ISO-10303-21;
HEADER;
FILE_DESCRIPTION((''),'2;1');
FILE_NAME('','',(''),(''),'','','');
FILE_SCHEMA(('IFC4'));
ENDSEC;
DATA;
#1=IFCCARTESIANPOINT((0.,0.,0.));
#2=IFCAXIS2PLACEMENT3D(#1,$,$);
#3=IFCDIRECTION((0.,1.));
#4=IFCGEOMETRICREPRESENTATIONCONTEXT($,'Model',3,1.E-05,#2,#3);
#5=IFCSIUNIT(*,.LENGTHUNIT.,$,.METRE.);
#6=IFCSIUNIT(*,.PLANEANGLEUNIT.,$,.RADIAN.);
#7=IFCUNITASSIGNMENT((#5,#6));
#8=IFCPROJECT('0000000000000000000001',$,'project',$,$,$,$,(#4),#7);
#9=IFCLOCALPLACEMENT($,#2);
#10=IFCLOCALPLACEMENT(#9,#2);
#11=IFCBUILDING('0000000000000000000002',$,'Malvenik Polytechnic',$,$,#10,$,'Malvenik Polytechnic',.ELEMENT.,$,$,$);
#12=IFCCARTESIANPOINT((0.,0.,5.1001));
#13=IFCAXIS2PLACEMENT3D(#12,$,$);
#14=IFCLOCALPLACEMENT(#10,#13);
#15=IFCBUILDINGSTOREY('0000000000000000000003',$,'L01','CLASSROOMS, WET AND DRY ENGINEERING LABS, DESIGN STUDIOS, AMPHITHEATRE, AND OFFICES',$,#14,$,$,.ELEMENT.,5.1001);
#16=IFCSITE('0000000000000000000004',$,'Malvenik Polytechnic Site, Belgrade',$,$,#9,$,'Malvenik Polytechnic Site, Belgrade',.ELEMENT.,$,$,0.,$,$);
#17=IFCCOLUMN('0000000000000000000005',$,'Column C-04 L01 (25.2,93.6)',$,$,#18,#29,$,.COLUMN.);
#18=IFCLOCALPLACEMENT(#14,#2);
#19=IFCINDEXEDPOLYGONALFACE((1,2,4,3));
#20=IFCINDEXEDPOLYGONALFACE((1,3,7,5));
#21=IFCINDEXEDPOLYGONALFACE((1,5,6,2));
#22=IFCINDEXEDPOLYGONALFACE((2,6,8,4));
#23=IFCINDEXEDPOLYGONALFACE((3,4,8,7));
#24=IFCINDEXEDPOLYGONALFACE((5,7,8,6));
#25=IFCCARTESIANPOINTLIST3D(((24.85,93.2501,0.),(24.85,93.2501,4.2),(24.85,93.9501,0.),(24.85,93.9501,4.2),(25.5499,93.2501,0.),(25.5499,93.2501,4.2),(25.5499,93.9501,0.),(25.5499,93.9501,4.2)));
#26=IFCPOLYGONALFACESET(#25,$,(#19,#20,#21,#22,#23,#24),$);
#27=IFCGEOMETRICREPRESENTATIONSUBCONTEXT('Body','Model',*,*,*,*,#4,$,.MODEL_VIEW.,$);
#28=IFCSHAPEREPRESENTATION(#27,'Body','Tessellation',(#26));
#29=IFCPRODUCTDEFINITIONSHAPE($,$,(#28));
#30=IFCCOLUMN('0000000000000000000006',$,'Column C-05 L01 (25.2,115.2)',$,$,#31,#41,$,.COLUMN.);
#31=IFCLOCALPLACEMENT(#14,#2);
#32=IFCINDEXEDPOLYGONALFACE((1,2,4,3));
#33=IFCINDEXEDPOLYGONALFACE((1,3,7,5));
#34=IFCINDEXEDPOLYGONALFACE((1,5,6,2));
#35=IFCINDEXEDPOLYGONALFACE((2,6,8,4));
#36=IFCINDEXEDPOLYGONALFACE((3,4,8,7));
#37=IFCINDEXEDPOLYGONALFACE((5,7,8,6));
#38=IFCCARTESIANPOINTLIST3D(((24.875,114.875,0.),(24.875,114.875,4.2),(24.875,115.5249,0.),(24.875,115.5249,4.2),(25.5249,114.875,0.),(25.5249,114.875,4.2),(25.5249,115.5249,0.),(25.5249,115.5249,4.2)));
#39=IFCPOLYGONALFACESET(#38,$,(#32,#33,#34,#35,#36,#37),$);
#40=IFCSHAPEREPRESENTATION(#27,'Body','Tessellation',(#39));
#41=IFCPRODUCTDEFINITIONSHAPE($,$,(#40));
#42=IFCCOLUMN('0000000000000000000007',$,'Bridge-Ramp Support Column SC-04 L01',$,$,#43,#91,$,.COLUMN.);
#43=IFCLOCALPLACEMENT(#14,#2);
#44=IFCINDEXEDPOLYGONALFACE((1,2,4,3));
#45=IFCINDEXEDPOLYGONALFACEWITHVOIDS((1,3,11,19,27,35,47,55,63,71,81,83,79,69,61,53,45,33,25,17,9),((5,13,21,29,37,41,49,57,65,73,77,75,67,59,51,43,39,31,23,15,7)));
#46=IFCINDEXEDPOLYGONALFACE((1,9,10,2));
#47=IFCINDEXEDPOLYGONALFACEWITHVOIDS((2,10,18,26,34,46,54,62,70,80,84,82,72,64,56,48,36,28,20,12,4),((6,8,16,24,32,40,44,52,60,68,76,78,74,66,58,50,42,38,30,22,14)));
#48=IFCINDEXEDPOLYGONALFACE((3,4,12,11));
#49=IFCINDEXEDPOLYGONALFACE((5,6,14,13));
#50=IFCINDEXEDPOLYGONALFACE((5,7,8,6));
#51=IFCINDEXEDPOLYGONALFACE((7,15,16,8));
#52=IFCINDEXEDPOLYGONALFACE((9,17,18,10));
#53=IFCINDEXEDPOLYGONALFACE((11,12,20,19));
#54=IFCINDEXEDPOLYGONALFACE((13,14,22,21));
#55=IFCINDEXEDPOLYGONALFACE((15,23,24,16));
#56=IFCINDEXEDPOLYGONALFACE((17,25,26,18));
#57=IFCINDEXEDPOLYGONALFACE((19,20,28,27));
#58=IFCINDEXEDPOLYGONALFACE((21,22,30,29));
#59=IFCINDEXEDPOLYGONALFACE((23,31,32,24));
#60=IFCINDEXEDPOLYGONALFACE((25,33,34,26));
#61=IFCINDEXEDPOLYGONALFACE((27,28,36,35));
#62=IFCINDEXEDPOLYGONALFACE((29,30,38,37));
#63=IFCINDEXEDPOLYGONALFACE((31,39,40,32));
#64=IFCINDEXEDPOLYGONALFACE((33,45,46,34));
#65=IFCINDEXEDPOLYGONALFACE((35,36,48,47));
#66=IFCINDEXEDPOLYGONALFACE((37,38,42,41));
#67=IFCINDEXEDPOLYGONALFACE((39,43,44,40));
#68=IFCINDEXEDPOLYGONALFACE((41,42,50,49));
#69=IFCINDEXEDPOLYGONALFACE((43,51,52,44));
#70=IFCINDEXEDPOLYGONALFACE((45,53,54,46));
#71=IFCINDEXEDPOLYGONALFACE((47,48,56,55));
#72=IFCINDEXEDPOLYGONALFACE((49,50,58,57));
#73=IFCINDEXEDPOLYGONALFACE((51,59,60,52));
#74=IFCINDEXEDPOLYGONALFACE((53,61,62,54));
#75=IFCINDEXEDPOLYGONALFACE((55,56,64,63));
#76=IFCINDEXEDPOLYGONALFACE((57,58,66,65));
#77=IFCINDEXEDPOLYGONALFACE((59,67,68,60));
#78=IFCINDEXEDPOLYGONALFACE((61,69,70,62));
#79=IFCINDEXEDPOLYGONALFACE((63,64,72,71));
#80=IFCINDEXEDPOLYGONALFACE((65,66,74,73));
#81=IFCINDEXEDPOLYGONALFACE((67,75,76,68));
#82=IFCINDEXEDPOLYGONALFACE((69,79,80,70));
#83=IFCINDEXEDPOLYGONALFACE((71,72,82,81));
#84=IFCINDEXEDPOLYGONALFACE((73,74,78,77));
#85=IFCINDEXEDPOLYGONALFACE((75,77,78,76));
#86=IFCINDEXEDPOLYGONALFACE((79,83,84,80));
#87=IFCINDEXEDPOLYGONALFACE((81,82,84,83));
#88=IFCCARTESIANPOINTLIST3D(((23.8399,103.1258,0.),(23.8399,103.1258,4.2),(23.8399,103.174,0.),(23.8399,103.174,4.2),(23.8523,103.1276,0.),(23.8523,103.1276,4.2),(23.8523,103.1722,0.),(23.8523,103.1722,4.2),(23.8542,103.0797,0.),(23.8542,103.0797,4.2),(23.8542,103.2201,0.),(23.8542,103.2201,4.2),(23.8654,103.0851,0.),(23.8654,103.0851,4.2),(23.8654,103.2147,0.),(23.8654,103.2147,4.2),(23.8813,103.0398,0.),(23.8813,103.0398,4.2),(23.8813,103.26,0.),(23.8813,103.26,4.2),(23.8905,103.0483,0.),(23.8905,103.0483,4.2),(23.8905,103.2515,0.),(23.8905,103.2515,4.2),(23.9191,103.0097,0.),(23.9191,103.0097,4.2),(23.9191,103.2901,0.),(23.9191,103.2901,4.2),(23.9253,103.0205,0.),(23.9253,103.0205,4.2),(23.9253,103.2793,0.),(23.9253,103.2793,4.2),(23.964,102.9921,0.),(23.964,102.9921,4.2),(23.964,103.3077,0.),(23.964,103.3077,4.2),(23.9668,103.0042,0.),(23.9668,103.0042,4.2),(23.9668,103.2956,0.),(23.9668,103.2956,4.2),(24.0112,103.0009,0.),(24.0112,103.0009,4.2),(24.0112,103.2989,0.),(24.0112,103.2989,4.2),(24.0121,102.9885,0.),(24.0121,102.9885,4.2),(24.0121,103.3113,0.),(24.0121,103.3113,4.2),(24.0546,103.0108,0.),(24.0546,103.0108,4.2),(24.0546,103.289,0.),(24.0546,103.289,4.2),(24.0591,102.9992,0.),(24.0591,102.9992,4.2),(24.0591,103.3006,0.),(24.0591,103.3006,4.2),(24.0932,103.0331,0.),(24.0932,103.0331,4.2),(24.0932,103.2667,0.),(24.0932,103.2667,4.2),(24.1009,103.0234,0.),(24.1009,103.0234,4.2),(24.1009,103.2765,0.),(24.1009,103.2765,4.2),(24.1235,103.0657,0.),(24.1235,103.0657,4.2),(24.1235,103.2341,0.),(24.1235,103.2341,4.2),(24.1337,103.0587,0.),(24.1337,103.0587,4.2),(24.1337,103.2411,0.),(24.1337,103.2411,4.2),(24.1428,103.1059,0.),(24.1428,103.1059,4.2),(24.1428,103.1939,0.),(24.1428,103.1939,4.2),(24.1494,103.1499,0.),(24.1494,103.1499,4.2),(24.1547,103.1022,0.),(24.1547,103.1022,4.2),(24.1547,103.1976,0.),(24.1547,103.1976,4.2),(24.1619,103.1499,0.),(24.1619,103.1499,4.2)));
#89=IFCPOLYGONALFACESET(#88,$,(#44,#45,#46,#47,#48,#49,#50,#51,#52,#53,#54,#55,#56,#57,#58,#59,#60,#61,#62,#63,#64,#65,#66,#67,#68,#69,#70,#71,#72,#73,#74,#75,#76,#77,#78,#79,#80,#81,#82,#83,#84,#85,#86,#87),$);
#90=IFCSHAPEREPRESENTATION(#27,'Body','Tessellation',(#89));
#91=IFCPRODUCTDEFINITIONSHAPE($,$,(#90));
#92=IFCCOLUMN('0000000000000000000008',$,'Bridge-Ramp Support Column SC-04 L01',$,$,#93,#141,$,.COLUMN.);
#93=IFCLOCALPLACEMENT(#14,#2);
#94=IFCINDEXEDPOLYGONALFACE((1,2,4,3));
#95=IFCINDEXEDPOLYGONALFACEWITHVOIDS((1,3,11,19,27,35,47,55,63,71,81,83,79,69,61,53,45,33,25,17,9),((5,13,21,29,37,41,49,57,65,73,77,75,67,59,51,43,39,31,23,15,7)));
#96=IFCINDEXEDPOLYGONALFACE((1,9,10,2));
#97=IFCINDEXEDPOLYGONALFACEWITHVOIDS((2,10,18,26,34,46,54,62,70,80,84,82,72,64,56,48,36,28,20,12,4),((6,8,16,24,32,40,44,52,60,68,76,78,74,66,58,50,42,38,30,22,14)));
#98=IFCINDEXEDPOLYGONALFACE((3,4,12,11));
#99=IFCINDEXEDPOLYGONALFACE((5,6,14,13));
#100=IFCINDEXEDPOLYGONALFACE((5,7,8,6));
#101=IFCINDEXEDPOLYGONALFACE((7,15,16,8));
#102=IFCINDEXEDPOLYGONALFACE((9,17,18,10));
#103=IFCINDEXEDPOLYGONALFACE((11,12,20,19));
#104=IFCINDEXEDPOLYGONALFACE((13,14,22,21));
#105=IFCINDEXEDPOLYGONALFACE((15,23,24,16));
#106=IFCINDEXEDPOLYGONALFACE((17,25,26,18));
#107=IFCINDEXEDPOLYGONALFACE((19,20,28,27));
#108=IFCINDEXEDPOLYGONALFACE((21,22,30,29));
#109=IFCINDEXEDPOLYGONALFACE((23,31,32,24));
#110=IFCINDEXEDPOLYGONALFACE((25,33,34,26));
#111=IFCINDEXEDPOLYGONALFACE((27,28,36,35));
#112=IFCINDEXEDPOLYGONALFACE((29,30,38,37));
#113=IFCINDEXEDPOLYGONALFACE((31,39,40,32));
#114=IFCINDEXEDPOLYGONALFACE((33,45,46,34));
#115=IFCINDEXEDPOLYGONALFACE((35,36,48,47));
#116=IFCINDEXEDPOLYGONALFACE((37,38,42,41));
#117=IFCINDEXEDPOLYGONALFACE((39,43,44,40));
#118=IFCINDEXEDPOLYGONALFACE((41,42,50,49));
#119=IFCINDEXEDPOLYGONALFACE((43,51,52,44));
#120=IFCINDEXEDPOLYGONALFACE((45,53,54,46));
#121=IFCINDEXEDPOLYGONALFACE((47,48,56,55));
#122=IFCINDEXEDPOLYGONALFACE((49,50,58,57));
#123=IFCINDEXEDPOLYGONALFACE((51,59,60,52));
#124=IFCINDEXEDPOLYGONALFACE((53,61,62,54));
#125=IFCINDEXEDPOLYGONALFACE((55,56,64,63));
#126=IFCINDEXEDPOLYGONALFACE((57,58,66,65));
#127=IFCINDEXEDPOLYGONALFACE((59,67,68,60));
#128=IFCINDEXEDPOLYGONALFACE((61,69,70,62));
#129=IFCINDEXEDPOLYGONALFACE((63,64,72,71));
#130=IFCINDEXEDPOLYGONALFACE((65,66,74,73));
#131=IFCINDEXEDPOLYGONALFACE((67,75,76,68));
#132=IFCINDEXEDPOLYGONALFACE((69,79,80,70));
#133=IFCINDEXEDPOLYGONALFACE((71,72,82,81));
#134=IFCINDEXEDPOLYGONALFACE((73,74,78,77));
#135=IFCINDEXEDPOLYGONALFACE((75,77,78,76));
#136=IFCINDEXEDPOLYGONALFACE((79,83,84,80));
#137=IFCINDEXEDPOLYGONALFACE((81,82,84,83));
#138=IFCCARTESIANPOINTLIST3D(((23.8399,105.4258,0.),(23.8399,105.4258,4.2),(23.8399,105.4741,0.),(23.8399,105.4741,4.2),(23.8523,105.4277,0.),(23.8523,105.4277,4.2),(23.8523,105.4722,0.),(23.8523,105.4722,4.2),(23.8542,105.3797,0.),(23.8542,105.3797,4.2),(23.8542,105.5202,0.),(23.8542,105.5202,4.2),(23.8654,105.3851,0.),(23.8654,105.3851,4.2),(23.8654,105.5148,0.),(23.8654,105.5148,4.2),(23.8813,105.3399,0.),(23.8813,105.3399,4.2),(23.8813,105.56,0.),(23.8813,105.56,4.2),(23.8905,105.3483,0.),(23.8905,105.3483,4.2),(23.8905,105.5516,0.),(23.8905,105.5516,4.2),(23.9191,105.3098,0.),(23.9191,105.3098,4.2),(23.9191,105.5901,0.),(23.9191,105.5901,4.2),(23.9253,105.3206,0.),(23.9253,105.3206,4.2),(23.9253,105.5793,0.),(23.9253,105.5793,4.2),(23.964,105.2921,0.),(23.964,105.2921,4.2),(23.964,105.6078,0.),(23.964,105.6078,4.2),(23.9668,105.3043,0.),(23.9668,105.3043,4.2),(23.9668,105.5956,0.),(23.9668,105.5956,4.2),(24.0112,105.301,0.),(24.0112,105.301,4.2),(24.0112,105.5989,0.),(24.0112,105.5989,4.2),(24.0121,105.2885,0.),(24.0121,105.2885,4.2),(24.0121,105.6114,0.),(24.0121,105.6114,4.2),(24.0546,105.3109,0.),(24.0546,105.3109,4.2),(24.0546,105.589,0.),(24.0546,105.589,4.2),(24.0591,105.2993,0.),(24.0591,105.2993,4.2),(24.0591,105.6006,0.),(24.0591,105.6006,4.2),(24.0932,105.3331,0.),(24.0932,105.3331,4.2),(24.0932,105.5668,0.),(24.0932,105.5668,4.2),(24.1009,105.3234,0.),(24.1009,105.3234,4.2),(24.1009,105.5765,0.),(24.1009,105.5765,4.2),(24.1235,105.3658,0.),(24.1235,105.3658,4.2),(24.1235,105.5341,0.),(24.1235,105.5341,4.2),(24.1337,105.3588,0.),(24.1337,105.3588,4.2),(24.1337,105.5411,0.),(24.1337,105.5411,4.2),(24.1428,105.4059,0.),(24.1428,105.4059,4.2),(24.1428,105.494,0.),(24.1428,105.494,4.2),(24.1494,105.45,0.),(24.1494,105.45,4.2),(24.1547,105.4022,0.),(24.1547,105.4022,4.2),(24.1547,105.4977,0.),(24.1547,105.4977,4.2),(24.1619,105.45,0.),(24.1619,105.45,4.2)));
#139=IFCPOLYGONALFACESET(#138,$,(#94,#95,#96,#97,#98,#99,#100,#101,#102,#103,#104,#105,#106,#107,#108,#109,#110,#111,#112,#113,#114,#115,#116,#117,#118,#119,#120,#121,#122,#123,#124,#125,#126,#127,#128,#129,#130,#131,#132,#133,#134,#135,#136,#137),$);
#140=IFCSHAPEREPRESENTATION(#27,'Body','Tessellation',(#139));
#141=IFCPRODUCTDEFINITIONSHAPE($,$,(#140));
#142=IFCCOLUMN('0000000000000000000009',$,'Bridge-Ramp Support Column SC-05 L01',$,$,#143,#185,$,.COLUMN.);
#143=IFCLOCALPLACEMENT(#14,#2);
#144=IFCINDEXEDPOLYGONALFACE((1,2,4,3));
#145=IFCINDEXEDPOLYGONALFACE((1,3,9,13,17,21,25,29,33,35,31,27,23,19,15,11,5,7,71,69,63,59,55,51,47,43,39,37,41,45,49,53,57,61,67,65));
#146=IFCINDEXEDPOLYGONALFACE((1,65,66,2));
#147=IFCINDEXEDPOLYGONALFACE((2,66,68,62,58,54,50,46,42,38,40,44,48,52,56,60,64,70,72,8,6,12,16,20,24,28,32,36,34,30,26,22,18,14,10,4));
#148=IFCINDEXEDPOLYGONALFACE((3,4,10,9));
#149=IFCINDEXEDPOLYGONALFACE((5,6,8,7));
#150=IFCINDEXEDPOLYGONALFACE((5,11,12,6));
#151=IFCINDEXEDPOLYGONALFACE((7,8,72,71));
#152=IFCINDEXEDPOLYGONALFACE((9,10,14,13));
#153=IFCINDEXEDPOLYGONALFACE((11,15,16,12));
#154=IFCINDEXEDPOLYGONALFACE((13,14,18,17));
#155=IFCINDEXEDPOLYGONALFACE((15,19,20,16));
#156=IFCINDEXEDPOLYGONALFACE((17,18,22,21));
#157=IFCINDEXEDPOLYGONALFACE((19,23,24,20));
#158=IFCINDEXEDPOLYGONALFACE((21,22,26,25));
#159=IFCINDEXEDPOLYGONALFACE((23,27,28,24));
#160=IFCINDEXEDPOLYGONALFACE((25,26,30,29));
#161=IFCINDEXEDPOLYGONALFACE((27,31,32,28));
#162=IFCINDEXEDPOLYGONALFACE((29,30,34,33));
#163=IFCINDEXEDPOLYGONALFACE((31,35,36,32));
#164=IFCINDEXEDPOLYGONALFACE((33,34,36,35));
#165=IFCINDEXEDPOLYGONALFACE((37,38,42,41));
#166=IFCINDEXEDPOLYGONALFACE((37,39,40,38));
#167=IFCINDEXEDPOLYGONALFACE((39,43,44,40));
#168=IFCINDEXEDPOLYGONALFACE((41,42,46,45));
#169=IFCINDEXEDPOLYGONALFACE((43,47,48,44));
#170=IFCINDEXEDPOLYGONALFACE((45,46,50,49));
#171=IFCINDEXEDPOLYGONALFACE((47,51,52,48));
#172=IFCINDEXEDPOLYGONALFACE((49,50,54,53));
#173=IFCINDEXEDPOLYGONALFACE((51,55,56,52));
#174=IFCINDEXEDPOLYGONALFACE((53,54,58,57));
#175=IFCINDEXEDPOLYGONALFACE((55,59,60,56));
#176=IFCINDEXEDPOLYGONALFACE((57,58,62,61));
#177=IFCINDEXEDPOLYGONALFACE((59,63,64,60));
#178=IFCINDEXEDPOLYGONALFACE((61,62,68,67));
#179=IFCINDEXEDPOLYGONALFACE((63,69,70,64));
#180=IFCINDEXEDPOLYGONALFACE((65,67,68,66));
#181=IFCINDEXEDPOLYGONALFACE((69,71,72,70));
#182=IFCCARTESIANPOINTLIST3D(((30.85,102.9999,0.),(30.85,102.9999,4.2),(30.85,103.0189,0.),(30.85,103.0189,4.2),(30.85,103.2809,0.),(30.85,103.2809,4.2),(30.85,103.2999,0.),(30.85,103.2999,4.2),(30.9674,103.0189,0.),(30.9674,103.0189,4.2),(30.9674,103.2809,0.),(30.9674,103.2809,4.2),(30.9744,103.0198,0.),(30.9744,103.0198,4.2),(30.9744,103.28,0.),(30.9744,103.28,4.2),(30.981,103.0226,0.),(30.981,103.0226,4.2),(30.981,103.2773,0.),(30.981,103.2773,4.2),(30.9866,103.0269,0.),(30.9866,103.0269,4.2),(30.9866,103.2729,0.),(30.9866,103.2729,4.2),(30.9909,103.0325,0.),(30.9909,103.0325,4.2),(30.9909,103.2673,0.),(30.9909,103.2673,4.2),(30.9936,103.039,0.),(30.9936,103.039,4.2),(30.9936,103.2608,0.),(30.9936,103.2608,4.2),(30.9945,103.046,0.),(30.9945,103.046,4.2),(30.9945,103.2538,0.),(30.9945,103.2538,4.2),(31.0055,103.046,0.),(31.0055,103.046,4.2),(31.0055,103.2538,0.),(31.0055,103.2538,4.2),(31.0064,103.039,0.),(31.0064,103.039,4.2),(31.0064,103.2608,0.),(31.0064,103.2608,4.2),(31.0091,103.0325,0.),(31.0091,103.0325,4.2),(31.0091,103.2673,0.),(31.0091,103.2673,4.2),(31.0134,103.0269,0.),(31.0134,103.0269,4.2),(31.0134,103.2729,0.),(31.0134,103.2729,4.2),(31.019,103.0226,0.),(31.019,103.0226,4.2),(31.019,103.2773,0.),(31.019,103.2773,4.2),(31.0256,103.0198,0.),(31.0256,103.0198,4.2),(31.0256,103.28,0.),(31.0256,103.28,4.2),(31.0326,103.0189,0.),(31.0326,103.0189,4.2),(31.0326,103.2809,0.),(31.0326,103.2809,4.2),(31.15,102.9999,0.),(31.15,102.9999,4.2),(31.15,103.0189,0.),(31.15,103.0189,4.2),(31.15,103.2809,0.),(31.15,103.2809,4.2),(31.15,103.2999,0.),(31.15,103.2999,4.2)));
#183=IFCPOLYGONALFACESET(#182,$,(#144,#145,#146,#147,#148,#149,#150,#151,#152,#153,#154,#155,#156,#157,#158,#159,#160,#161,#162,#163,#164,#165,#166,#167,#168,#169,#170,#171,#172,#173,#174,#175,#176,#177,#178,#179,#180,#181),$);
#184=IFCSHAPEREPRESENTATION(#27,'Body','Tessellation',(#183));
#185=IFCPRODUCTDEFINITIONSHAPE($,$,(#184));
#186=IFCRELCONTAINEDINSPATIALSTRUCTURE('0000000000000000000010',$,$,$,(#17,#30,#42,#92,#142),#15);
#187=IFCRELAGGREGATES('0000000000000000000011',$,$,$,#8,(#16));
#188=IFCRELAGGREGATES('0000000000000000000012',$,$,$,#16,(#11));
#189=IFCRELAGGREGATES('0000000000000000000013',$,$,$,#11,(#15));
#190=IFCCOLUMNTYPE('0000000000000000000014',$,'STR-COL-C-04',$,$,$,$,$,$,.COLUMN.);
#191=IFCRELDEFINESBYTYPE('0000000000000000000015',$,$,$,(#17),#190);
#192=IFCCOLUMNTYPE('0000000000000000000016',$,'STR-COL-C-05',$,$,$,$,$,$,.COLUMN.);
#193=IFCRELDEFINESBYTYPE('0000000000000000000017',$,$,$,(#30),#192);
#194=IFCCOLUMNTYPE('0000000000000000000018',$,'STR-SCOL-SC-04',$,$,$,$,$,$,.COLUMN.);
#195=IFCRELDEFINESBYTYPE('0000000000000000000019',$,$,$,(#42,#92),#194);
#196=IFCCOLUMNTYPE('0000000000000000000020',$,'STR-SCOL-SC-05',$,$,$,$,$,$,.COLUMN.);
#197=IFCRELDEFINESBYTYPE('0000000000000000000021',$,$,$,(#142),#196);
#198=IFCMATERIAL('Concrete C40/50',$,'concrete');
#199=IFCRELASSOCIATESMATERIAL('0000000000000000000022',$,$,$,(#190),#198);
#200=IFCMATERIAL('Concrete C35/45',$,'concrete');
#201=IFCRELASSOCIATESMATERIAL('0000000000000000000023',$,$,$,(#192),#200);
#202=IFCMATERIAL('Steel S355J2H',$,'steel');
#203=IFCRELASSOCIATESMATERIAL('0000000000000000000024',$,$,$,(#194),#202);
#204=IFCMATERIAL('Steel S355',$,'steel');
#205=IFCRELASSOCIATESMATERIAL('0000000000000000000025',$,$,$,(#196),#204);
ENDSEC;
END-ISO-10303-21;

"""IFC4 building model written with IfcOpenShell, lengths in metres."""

from ifc_helpers import new_model, si_unit, direction, frame, origin, origin_2d, place, context, subcontext, project, spatial, rectangle, hollow_circle, i_section, extrude, material, material_profile, profile_set, type_object, element, save


model = new_model("IFC4")

# Units and contexts
model_context = context("Model", 3, precision=1e-05, world=origin(), true_north=direction((0.0, 1.0)))
body_context = subcontext(model_context, "Body", "Model", "MODEL_VIEW")
ifc_project = project(units=[si_unit("LENGTHUNIT", "METRE"), si_unit("PLANEANGLEUNIT", "RADIAN")], contexts=[model_context])

# Site, building, storey
site_placement = place(None, origin())
site = spatial("IfcSite", under=ifc_project, at=site_placement, Name="Malvenik Polytechnic Site, Belgrade", LongName="Malvenik Polytechnic Site, Belgrade", CompositionType="ELEMENT", RefElevation=0.0)
building_placement = place(site_placement, origin())
building = spatial("IfcBuilding", under=site, at=building_placement, Name="Malvenik Polytechnic", LongName="Malvenik Polytechnic", CompositionType="ELEMENT")
storey_placement = place(building_placement, frame((0.0, 0.0, 5.1001)))
storey = spatial("IfcBuildingStorey", under=building, at=storey_placement, Name="L01", Description="CLASSROOMS, WET AND DRY ENGINEERING LABS, DESIGN STUDIOS, AMPHITHEATRE, AND OFFICES", CompositionType="ELEMENT", Elevation=5.1001)

# Columns
ifc_material_1 = material(Name="Concrete C40/50", Category="concrete")
ifc_material_profile_1 = material_profile(ifc_material_1, rectangle(XDim=0.7, YDim=0.7, at=origin_2d()), Name="RC COL 700x700")
ifc_profile_set_1 = profile_set([ifc_material_profile_1], Name="Concrete C40/50")
column_type_1 = type_object("IfcColumnType", Name="STR-COL-C-04", PredefinedType="COLUMN", material=ifc_profile_set_1)
column_1_placement = place(storey_placement, frame((25.2, 93.6001, 0.0), z_axis=(0.0, 0.0, 1.0), x_axis=(1.0, 0.0, 0.0)))
element("IfcColumn", 1, at=column_1_placement, inside=storey, type_object=column_type_1, Name="Column C-04 L01 (25.2,93.6)", PredefinedType="COLUMN", context=body_context, shape_type="SweptSolid", body=[
    extrude(rectangle(XDim=0.7, YDim=0.7, at=origin_2d()), origin(), (0.0, 0.0, 1.0), 4.2),
])
ifc_material_2 = material(Name="Concrete C35/45", Category="concrete")
ifc_material_profile_2 = material_profile(ifc_material_2, rectangle(XDim=0.6499, YDim=0.6499, at=origin_2d()), Name="RC COL 650x650")
ifc_profile_set_2 = profile_set([ifc_material_profile_2], Name="Concrete C35/45")
column_type_2 = type_object("IfcColumnType", Name="STR-COL-C-05", PredefinedType="COLUMN", material=ifc_profile_set_2)
column_2_placement = place(storey_placement, frame((25.2, 115.2, 0.0), z_axis=(0.0, 0.0, 1.0), x_axis=(1.0, 0.0, 0.0)))
element("IfcColumn", 2, at=column_2_placement, inside=storey, type_object=column_type_2, Name="Column C-05 L01 (25.2,115.2)", PredefinedType="COLUMN", context=body_context, shape_type="SweptSolid", body=[
    extrude(rectangle(XDim=0.6499, YDim=0.6499, at=origin_2d()), origin(), (0.0, 0.0, 1.0), 4.2),
])
ifc_material_3 = material(Name="Steel S355J2H", Category="steel")
ifc_material_profile_3 = material_profile(ifc_material_3, hollow_circle(Radius=0.1619, WallThickness=0.0125, at=origin_2d()), Name="CHS 323.9x12.5")
ifc_profile_set_3 = profile_set([ifc_material_profile_3], Name="Steel S355J2H")
column_type_3 = type_object("IfcColumnType", Name="STR-SCOL-SC-04", PredefinedType="COLUMN", material=ifc_profile_set_3)
for number, where, z_axis, x_axis, name in (
    (3, (24.0, 103.1499, 0.0), (0.0, 0.0, 1.0), (1.0, 0.0, 0.0), "Bridge-Ramp Support Column SC-04 L01"),
    (4, (24.0, 105.45, 0.0), (0.0, 0.0, 1.0), (1.0, 0.0, 0.0), "Bridge-Ramp Support Column SC-04 L01"),
):
    element("IfcColumn", number, at=place(storey_placement, frame(where, z_axis=z_axis, x_axis=x_axis)), inside=storey, type_object=column_type_3, Name=name, PredefinedType="COLUMN", context=body_context, shape_type="SweptSolid", body=[
        extrude(hollow_circle(Radius=0.1619, WallThickness=0.0125, at=origin_2d()), origin(), (0.0, 0.0, 1.0), 4.2),
    ])
ifc_material_4 = material(Name="Steel S355", Category="steel")
ifc_material_profile_4 = material_profile(ifc_material_4, i_section(OverallWidth=0.3, OverallDepth=0.3, WebThickness=0.011, FlangeThickness=0.019, FilletRadius=0.0271, at=origin_2d()), Name="HEB 300")
ifc_profile_set_4 = profile_set([ifc_material_profile_4], Name="Steel S355")
column_type_4 = type_object("IfcColumnType", Name="STR-SCOL-SC-05", PredefinedType="COLUMN", material=ifc_profile_set_4)
for number, where, z_axis, x_axis, name in (
    (5, (31.0, 103.1499, 0.0), (0.0, 0.0, 1.0), (1.0, 0.0, 0.0), "Bridge-Ramp Support Column SC-05 L01"),
):
    element("IfcColumn", number, at=place(storey_placement, frame(where, z_axis=z_axis, x_axis=x_axis)), inside=storey, type_object=column_type_4, Name=name, PredefinedType="COLUMN", context=body_context, shape_type="SweptSolid", body=[
        extrude(i_section(OverallWidth=0.3, OverallDepth=0.3, WebThickness=0.011, FlangeThickness=0.019, FilletRadius=0.0271, at=origin_2d()), origin(), (0.0, 0.0, 1.0), 4.2),
    ])

save(model, "model.ifc")
